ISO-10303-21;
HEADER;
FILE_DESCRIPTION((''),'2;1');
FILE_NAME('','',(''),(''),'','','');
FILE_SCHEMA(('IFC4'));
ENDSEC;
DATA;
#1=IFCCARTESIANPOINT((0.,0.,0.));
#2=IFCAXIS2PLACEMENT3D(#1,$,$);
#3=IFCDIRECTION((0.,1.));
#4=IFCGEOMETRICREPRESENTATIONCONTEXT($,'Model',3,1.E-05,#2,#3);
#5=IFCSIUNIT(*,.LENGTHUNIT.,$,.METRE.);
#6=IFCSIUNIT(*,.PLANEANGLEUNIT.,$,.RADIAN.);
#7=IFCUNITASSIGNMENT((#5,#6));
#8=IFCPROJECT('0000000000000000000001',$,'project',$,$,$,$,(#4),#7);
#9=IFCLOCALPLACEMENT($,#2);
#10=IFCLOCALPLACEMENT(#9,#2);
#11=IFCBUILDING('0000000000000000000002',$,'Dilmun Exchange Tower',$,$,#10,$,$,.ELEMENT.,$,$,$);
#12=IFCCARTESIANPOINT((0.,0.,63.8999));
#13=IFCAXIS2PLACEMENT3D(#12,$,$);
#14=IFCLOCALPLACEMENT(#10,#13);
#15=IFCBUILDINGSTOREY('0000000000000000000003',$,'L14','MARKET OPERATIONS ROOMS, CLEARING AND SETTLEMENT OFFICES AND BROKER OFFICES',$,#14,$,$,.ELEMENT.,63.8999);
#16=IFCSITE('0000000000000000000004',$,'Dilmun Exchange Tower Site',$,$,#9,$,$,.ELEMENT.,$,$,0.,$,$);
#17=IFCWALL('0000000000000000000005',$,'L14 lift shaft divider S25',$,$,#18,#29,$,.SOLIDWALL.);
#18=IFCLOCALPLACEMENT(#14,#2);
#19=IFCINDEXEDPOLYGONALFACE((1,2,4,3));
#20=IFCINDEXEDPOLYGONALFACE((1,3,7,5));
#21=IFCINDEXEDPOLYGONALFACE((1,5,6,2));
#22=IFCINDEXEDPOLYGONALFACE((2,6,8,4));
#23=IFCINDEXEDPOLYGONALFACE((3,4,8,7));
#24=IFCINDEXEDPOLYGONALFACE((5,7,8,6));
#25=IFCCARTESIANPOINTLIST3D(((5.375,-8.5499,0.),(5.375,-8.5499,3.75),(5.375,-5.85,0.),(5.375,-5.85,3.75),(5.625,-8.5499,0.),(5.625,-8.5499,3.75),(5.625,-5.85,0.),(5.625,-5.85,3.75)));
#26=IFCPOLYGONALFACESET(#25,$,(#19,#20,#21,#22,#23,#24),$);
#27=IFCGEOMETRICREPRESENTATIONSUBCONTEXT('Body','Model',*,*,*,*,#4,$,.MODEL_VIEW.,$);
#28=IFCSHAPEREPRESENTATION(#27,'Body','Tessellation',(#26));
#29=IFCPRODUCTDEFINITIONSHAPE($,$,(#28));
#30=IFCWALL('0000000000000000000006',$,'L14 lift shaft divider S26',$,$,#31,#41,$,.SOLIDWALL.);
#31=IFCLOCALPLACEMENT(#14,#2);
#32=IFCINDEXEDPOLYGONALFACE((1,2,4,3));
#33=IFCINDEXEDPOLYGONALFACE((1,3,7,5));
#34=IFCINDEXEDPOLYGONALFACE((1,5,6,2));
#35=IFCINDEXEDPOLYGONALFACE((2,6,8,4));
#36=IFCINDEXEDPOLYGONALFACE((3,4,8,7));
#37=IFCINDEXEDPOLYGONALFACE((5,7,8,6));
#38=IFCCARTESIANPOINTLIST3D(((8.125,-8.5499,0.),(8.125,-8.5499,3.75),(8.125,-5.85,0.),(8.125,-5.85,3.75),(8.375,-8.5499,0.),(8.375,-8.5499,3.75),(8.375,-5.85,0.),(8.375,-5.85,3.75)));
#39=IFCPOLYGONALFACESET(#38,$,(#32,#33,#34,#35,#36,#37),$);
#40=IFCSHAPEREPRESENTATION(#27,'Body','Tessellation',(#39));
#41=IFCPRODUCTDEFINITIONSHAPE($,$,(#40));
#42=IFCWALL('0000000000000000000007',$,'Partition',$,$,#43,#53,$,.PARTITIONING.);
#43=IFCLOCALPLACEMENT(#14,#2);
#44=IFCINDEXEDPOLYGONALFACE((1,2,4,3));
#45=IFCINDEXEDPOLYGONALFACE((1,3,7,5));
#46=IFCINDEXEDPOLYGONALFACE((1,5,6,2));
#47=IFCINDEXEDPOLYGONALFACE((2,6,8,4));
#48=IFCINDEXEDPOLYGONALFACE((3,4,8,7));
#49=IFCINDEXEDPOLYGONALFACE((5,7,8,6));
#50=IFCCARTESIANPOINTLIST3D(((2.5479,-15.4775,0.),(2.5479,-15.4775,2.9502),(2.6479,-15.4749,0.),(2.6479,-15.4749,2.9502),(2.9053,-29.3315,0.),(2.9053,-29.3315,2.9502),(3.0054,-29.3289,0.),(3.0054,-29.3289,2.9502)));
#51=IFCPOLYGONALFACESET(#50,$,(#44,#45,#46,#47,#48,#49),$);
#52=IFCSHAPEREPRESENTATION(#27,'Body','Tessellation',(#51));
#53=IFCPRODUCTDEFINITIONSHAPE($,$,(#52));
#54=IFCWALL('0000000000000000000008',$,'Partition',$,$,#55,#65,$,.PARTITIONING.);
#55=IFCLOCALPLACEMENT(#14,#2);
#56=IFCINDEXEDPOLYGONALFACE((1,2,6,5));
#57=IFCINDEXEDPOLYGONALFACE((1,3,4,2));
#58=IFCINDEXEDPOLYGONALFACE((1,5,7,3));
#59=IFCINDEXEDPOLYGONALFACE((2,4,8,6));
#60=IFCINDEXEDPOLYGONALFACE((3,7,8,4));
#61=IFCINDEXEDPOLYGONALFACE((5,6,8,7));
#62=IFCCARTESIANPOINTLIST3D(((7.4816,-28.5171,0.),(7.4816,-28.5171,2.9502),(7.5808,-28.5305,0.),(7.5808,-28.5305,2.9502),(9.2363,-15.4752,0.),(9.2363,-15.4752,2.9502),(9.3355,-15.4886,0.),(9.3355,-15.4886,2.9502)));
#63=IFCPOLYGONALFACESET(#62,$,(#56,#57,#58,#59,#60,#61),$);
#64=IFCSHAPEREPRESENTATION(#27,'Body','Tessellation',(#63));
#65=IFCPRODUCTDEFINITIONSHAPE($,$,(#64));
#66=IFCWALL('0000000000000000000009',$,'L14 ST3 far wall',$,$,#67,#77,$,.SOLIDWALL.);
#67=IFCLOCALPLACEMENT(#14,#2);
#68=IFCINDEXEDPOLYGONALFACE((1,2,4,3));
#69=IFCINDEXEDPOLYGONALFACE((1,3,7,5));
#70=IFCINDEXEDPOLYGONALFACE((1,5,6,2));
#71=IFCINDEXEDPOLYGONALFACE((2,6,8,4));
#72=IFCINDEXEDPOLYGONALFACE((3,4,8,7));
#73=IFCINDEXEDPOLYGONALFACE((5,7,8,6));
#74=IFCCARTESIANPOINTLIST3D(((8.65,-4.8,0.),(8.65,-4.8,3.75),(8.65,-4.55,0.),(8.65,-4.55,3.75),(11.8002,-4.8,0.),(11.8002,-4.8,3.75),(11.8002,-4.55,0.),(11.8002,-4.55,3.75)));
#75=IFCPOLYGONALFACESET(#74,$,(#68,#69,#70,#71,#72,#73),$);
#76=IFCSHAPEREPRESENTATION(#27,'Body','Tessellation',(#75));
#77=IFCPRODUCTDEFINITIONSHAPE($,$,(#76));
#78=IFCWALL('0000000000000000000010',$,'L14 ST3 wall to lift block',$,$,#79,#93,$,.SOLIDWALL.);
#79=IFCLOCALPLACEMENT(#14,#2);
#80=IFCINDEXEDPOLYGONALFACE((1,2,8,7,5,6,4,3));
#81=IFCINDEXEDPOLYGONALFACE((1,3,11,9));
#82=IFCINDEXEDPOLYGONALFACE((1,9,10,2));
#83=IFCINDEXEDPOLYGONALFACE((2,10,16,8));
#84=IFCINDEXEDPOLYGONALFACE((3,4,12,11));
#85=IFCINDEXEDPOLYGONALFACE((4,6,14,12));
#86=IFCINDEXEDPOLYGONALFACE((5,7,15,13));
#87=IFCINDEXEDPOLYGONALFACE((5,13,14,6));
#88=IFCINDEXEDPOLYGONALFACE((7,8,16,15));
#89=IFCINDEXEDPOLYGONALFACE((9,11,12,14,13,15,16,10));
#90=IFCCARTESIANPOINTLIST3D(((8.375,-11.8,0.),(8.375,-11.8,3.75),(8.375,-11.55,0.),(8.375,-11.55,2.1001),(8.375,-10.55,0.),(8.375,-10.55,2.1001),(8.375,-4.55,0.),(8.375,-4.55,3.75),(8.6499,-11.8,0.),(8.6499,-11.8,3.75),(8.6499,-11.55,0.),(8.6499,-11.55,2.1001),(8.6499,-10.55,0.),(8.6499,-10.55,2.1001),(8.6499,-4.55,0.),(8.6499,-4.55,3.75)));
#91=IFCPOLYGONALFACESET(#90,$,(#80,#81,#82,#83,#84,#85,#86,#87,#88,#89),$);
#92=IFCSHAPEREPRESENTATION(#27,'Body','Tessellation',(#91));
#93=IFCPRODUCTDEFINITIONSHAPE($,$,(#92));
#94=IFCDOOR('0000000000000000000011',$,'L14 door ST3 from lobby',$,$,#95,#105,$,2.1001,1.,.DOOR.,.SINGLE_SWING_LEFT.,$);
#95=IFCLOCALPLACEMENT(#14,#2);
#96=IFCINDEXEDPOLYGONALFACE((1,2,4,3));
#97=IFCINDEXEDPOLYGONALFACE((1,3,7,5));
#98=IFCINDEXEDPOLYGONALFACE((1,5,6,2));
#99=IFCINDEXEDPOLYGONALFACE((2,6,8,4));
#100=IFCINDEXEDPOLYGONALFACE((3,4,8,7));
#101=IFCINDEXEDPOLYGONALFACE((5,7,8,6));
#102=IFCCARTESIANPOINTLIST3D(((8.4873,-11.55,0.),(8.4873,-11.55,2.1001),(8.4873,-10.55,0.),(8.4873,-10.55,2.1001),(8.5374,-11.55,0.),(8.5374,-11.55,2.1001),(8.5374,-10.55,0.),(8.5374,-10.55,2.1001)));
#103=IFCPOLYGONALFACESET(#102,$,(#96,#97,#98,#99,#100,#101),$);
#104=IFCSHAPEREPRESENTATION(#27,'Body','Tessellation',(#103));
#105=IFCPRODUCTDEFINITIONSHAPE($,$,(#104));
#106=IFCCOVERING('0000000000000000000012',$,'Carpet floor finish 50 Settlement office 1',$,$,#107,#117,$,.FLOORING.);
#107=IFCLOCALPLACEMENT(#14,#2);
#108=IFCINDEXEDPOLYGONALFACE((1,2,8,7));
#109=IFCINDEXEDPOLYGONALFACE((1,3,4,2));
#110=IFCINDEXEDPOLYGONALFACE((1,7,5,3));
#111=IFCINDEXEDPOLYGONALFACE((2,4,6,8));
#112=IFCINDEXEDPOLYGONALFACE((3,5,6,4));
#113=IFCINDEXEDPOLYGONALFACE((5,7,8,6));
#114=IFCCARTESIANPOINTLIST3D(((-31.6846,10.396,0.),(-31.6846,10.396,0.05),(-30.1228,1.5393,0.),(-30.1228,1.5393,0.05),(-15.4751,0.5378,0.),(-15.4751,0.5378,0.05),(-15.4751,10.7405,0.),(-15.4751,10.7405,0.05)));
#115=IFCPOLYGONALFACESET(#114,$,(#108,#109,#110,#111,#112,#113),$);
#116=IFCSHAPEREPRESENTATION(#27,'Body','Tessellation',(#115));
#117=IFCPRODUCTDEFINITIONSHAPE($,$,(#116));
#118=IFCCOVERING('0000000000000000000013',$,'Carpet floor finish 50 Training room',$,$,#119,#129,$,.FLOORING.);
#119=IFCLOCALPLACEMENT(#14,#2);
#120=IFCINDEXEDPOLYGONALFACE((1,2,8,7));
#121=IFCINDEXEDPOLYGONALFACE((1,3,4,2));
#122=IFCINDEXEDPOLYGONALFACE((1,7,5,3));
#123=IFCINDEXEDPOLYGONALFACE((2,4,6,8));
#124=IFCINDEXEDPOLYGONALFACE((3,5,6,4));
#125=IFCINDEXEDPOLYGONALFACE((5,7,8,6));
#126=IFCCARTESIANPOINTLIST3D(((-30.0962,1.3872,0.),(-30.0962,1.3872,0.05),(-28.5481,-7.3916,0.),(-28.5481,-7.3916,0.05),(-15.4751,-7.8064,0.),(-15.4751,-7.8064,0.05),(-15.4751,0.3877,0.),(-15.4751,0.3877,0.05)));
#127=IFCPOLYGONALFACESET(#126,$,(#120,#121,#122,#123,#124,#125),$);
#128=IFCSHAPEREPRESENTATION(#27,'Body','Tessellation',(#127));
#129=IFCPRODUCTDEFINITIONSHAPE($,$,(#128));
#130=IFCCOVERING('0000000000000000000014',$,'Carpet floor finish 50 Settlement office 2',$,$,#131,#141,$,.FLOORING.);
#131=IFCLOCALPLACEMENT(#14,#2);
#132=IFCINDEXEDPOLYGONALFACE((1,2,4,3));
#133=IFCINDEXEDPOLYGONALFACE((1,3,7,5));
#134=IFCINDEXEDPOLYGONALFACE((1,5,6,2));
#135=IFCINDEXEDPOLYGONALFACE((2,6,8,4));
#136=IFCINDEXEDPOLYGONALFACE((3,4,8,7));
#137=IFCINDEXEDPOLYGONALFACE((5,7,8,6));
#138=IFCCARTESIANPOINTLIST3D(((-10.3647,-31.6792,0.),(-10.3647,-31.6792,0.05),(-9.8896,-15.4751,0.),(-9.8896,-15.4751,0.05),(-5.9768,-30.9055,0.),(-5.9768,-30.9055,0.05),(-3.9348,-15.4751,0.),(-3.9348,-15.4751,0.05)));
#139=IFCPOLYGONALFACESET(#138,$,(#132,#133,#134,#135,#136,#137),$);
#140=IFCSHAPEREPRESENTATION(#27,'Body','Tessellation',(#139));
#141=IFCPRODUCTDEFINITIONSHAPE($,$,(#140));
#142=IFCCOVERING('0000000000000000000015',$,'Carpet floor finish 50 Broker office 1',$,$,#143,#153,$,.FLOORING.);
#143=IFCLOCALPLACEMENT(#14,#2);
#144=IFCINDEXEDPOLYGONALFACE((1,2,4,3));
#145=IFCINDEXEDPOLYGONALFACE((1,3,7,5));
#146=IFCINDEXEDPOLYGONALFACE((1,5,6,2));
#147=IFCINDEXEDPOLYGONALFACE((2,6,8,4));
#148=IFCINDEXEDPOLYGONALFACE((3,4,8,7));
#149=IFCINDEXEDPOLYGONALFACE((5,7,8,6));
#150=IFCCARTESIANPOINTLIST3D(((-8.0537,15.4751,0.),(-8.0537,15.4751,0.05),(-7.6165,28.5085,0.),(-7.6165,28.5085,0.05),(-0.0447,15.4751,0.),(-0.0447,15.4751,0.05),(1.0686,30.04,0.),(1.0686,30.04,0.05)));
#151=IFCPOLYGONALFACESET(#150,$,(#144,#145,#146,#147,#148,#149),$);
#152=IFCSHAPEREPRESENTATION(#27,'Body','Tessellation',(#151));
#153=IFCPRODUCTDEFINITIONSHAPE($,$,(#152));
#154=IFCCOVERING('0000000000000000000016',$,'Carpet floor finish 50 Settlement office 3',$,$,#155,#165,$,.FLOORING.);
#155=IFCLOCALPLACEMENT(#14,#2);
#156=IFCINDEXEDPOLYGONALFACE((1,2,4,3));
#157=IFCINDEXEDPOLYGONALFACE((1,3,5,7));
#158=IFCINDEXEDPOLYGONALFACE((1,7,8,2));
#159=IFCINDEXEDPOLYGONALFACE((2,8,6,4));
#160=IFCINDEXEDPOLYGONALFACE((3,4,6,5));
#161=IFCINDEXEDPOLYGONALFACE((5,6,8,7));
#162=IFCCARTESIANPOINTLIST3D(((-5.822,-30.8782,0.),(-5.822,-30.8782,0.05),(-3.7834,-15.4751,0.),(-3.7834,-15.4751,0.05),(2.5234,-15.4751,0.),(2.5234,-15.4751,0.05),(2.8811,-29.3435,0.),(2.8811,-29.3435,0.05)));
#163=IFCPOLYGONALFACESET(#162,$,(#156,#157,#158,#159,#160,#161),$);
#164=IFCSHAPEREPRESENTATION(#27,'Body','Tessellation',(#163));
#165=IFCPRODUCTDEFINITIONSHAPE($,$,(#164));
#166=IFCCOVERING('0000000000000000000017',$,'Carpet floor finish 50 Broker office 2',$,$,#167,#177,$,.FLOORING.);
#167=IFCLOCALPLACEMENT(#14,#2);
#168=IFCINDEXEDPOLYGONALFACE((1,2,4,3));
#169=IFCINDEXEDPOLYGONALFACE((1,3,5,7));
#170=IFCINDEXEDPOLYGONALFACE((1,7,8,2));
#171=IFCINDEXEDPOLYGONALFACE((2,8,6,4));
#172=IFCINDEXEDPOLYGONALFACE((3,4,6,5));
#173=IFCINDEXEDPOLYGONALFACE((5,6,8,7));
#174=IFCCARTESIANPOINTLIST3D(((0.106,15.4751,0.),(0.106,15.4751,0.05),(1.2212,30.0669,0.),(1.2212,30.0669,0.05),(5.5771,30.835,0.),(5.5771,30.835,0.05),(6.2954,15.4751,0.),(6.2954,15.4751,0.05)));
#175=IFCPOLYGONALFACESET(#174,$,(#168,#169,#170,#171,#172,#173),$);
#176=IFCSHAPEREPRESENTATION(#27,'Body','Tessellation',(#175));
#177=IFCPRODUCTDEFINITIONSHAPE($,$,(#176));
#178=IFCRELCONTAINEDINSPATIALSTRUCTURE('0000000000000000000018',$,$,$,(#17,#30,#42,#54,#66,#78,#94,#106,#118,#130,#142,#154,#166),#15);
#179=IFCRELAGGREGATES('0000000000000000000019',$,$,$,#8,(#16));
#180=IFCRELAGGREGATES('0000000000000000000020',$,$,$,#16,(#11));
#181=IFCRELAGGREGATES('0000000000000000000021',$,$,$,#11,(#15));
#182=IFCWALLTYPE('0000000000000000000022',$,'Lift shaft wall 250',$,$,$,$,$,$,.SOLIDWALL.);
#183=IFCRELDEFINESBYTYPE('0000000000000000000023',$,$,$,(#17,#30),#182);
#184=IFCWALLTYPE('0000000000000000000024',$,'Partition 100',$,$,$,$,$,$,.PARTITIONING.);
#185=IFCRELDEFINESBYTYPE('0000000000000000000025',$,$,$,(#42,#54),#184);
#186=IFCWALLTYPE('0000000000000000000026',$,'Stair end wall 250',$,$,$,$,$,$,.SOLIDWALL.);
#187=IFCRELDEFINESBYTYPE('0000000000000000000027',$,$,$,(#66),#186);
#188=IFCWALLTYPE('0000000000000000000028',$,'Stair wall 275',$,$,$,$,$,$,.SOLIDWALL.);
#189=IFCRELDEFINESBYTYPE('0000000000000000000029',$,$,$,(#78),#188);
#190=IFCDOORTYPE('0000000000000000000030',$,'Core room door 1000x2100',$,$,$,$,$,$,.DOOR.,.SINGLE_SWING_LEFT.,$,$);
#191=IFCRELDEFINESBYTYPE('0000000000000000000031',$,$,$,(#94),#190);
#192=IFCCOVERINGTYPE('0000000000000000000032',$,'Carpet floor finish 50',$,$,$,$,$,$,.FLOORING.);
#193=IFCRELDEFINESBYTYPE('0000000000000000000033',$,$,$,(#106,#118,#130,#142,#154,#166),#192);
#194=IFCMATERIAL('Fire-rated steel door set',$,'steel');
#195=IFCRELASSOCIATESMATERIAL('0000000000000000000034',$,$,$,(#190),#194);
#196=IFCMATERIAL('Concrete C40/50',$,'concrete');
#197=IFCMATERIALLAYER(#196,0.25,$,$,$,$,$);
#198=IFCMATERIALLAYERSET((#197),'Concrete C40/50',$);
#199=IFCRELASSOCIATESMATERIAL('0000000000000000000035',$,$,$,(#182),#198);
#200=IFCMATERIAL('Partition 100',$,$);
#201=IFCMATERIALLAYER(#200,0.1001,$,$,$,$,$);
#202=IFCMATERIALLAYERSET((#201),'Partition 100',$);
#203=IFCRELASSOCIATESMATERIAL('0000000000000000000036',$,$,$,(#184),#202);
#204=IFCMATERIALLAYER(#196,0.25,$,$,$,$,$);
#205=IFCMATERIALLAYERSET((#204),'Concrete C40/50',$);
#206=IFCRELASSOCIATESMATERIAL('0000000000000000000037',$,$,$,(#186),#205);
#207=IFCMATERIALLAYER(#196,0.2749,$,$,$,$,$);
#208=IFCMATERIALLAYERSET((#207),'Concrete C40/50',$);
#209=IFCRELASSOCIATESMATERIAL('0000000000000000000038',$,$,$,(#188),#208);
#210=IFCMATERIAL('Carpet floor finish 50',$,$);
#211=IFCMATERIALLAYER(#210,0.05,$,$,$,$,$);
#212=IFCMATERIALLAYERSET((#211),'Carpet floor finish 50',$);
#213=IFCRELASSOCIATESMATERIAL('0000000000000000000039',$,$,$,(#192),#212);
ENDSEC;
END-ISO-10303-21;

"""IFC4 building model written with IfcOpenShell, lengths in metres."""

from ifc_helpers import new_model, si_unit, direction, frame, frame_2d, origin, place, context, subcontext, project, spatial, polyline, rectangle, outline, extrude, material, layer, layer_set, type_object, element, fill, save


model = new_model("IFC4")

# Units and contexts
model_context = context("Model", 3, precision=1e-05, world=origin(), true_north=direction((0.0, 1.0)))
body_context = subcontext(model_context, "Body", "Model", "MODEL_VIEW")
ifc_project = project(units=[si_unit("LENGTHUNIT", "METRE"), si_unit("PLANEANGLEUNIT", "RADIAN")], contexts=[model_context])

# Site, building, storey
site_placement = place(None, origin())
site = spatial("IfcSite", under=ifc_project, at=site_placement, Name="Dilmun Exchange Tower Site", CompositionType="ELEMENT", RefElevation=0.0)
building_placement = place(site_placement, origin())
building = spatial("IfcBuilding", under=site, at=building_placement, Name="Dilmun Exchange Tower", CompositionType="ELEMENT")
storey_placement = place(building_placement, frame((0.0, 0.0, 63.8999)))
storey = spatial("IfcBuildingStorey", under=building, at=storey_placement, Name="L14", Description="MARKET OPERATIONS ROOMS, CLEARING AND SETTLEMENT OFFICES AND BROKER OFFICES", CompositionType="ELEMENT", Elevation=63.8999)

# Shared definitions
ifc_material_1 = material(Name="Concrete C40/50", Category="concrete")

# Shared definitions
ifc_material_2 = material(Name="Fire-rated steel door set", Category="steel")

# Shared definitions
door_type_1 = type_object("IfcDoorType", Name="Core room door 1000x2100", OperationType="SINGLE_SWING_LEFT", PredefinedType="DOOR", material=ifc_material_2)

# Walls
ifc_layer_1 = layer(ifc_material_1, 0.25)
ifc_layer_set_1 = layer_set([ifc_layer_1], Name="Concrete C40/50")
wall_type_1 = type_object("IfcWallType", Name="Lift shaft wall 250", PredefinedType="SOLIDWALL", material=ifc_layer_set_1)
for number, where, z_axis, x_axis, name in (
    (1, (5.5, -8.55, 0.0), (0.0, 0.0, 1.0), (0.0, 1.0, 0.0), "L14 lift shaft divider S25"),
    (2, (8.25, -8.55, 0.0), (0.0, 0.0, 1.0), (0.0, 1.0, 0.0), "L14 lift shaft divider S26"),
):
    element("IfcWall", number, at=place(storey_placement, frame(where, z_axis=z_axis, x_axis=x_axis)), inside=storey, type_object=wall_type_1, Name=name, PredefinedType="SOLIDWALL", context=body_context, shape_type="SweptSolid", body=[
        extrude(rectangle(XDim=2.7, YDim=0.25, at=frame_2d((1.3501, 0.0))), origin(), (0.0, 0.0, 1.0), 3.75),
    ])
ifc_material_3 = material(Name="Partition 100")
ifc_layer_2 = layer(ifc_material_3, 0.1001)
ifc_layer_set_2 = layer_set([ifc_layer_2], Name="Partition 100")
wall_type_2 = type_object("IfcWallType", Name="Partition 100", PredefinedType="PARTITIONING", material=ifc_layer_set_2)
wall_1_placement = place(storey_placement, frame((2.5979, -15.4763, 0.0), z_axis=(0.0, 0.0, 1.0), x_axis=(0.025791, -0.999667, 0.0)))
element("IfcWall", 3, at=wall_1_placement, inside=storey, type_object=wall_type_2, Name="Partition", PredefinedType="PARTITIONING", context=body_context, shape_type="SweptSolid", body=[
    extrude(rectangle(XDim=13.8586, YDim=0.1001, at=frame_2d((6.9292, 0.0))), origin(), (0.0, 0.0, 1.0), 2.9502),
])
wall_2_placement = place(storey_placement, frame((7.5312, -28.5237, 0.0), z_axis=(0.0, 0.0, 1.0), x_axis=(0.133336, 0.991071, 0.0)))
element("IfcWall", 4, at=wall_2_placement, inside=storey, type_object=wall_type_2, Name="Partition", PredefinedType="PARTITIONING", context=body_context, shape_type="SweptSolid", body=[
    extrude(rectangle(XDim=13.1594, YDim=0.1001, at=frame_2d((6.5796, 0.0))), origin(), (0.0, 0.0, 1.0), 2.9502),
])
ifc_layer_3 = layer(ifc_material_1, 0.25)
ifc_layer_set_3 = layer_set([ifc_layer_3], Name="Concrete C40/50")
wall_type_3 = type_object("IfcWallType", Name="Stair end wall 250", PredefinedType="SOLIDWALL", material=ifc_layer_set_3)
wall_3_placement = place(storey_placement, frame((8.6499, -4.675, 0.0), z_axis=(0.0, 0.0, 1.0), x_axis=(1.0, 0.0, 0.0)))
element("IfcWall", 5, at=wall_3_placement, inside=storey, type_object=wall_type_3, Name="L14 ST3 far wall", PredefinedType="SOLIDWALL", context=body_context, shape_type="SweptSolid", body=[
    extrude(rectangle(XDim=3.1501, YDim=0.25, at=frame_2d((1.5752, 0.0))), origin(), (0.0, 0.0, 1.0), 3.75),
])

# Wall, opening, door
ifc_layer_4 = layer(ifc_material_1, 0.2749)
ifc_layer_set_4 = layer_set([ifc_layer_4], Name="Concrete C40/50")
wall_type_4 = type_object("IfcWallType", Name="Stair wall 275", PredefinedType="SOLIDWALL", material=ifc_layer_set_4)
wall_4_placement = place(storey_placement, frame((8.5125, -4.55, 0.0), z_axis=(0.0, 0.0, 1.0), x_axis=(0.0, -1.0, 0.0)))
wall_4 = element("IfcWall", 6, at=wall_4_placement, inside=storey, type_object=wall_type_4, Name="L14 ST3 wall to lift block", PredefinedType="SOLIDWALL", context=body_context, shape_type="SweptSolid", body=[
    extrude(rectangle(XDim=7.25, YDim=0.2749, at=frame_2d((3.625, 0.0))), origin(), (0.0, 0.0, 1.0), 3.75),
])
opening_1_placement = place(wall_4_placement, frame((6.0, 0.0, 0.0)))
opening_1 = element("IfcOpeningElement", 7, at=opening_1_placement, cuts=wall_4, PredefinedType="OPENING", context=body_context, shape_type="SweptSolid", body=[
    extrude(rectangle(XDim=1.0, YDim=2.1001, at=frame_2d((0.5, 1.05))), frame((0.0, 0.1475, 0.0), z_axis=(0.0, -1.0, 0.0), x_axis=(1.0, 0.0, 0.0)), (0.0, 0.0, 1.0), 0.2949),
])
door_1_placement = place(opening_1_placement, origin())
door_1 = element("IfcDoor", 8, at=door_1_placement, inside=storey, type_object=door_type_1, Name="L14 door ST3 from lobby", OperationType="SINGLE_SWING_LEFT", OverallHeight=2.1001, OverallWidth=1.0, PredefinedType="DOOR", context=body_context, shape_type="SweptSolid", body=[
    extrude(rectangle(XDim=1.0, YDim=2.1001, at=frame_2d((0.5, 1.05))), frame((0.0, 0.0249, 0.0), z_axis=(0.0, -1.0, 0.0), x_axis=(1.0, 0.0, 0.0)), (0.0, 0.0, 1.0), 0.05),
])
fill(opening_1, door_1)

# Coverings
ifc_material_4 = material(Name="Carpet floor finish 50")
ifc_layer_5 = layer(ifc_material_4, 0.05)
ifc_layer_set_5 = layer_set([ifc_layer_5], Name="Carpet floor finish 50")
covering_type_1 = type_object("IfcCoveringType", Name="Carpet floor finish 50", PredefinedType="FLOORING", material=ifc_layer_set_5)
covering_1_placement = place(storey_placement, origin())
element("IfcCovering", 9, at=covering_1_placement, inside=storey, type_object=covering_type_1, Name="Carpet floor finish 50 Settlement office 1", PredefinedType="FLOORING", context=body_context, shape_type="SweptSolid", body=[
    extrude(outline(polyline([(-15.4751, 10.7405), (-15.4751, 0.5378), (-30.1228, 1.5393), (-31.6846, 10.396), (-15.4751, 10.7405)])), origin(), (0.0, 0.0, 1.0), 0.05),
])
covering_2_placement = place(storey_placement, origin())
element("IfcCovering", 10, at=covering_2_placement, inside=storey, type_object=covering_type_1, Name="Carpet floor finish 50 Training room", PredefinedType="FLOORING", context=body_context, shape_type="SweptSolid", body=[
    extrude(outline(polyline([(-15.4751, 0.3877), (-15.4751, -7.8064), (-28.5481, -7.3916), (-30.0962, 1.3872), (-15.4751, 0.3877)])), origin(), (0.0, 0.0, 1.0), 0.05),
])
covering_3_placement = place(storey_placement, origin())
element("IfcCovering", 11, at=covering_3_placement, inside=storey, type_object=covering_type_1, Name="Carpet floor finish 50 Settlement office 2", PredefinedType="FLOORING", context=body_context, shape_type="SweptSolid", body=[
    extrude(outline(polyline([(-9.8896, -15.4751), (-3.9348, -15.4751), (-5.9768, -30.9055), (-10.3647, -31.6792), (-9.8896, -15.4751)])), origin(), (0.0, 0.0, 1.0), 0.05),
])
covering_4_placement = place(storey_placement, origin())
element("IfcCovering", 12, at=covering_4_placement, inside=storey, type_object=covering_type_1, Name="Carpet floor finish 50 Broker office 1", PredefinedType="FLOORING", context=body_context, shape_type="SweptSolid", body=[
    extrude(outline(polyline([(-0.0447, 15.4751), (-8.0537, 15.4751), (-7.6165, 28.5085), (1.0686, 30.04), (-0.0447, 15.4751)])), origin(), (0.0, 0.0, 1.0), 0.05),
])
covering_5_placement = place(storey_placement, origin())
element("IfcCovering", 13, at=covering_5_placement, inside=storey, type_object=covering_type_1, Name="Carpet floor finish 50 Settlement office 3", PredefinedType="FLOORING", context=body_context, shape_type="SweptSolid", body=[
    extrude(outline(polyline([(-3.7834, -15.4751), (2.5234, -15.4751), (2.8811, -29.3435), (-5.822, -30.8782), (-3.7834, -15.4751)])), origin(), (0.0, 0.0, 1.0), 0.05),
])
covering_6_placement = place(storey_placement, origin())
element("IfcCovering", 14, at=covering_6_placement, inside=storey, type_object=covering_type_1, Name="Carpet floor finish 50 Broker office 2", PredefinedType="FLOORING", context=body_context, shape_type="SweptSolid", body=[
    extrude(outline(polyline([(6.2954, 15.4751), (0.106, 15.4751), (1.2212, 30.0669), (5.5771, 30.835), (6.2954, 15.4751)])), origin(), (0.0, 0.0, 1.0), 0.05),
])

save(model, "model.ifc")
